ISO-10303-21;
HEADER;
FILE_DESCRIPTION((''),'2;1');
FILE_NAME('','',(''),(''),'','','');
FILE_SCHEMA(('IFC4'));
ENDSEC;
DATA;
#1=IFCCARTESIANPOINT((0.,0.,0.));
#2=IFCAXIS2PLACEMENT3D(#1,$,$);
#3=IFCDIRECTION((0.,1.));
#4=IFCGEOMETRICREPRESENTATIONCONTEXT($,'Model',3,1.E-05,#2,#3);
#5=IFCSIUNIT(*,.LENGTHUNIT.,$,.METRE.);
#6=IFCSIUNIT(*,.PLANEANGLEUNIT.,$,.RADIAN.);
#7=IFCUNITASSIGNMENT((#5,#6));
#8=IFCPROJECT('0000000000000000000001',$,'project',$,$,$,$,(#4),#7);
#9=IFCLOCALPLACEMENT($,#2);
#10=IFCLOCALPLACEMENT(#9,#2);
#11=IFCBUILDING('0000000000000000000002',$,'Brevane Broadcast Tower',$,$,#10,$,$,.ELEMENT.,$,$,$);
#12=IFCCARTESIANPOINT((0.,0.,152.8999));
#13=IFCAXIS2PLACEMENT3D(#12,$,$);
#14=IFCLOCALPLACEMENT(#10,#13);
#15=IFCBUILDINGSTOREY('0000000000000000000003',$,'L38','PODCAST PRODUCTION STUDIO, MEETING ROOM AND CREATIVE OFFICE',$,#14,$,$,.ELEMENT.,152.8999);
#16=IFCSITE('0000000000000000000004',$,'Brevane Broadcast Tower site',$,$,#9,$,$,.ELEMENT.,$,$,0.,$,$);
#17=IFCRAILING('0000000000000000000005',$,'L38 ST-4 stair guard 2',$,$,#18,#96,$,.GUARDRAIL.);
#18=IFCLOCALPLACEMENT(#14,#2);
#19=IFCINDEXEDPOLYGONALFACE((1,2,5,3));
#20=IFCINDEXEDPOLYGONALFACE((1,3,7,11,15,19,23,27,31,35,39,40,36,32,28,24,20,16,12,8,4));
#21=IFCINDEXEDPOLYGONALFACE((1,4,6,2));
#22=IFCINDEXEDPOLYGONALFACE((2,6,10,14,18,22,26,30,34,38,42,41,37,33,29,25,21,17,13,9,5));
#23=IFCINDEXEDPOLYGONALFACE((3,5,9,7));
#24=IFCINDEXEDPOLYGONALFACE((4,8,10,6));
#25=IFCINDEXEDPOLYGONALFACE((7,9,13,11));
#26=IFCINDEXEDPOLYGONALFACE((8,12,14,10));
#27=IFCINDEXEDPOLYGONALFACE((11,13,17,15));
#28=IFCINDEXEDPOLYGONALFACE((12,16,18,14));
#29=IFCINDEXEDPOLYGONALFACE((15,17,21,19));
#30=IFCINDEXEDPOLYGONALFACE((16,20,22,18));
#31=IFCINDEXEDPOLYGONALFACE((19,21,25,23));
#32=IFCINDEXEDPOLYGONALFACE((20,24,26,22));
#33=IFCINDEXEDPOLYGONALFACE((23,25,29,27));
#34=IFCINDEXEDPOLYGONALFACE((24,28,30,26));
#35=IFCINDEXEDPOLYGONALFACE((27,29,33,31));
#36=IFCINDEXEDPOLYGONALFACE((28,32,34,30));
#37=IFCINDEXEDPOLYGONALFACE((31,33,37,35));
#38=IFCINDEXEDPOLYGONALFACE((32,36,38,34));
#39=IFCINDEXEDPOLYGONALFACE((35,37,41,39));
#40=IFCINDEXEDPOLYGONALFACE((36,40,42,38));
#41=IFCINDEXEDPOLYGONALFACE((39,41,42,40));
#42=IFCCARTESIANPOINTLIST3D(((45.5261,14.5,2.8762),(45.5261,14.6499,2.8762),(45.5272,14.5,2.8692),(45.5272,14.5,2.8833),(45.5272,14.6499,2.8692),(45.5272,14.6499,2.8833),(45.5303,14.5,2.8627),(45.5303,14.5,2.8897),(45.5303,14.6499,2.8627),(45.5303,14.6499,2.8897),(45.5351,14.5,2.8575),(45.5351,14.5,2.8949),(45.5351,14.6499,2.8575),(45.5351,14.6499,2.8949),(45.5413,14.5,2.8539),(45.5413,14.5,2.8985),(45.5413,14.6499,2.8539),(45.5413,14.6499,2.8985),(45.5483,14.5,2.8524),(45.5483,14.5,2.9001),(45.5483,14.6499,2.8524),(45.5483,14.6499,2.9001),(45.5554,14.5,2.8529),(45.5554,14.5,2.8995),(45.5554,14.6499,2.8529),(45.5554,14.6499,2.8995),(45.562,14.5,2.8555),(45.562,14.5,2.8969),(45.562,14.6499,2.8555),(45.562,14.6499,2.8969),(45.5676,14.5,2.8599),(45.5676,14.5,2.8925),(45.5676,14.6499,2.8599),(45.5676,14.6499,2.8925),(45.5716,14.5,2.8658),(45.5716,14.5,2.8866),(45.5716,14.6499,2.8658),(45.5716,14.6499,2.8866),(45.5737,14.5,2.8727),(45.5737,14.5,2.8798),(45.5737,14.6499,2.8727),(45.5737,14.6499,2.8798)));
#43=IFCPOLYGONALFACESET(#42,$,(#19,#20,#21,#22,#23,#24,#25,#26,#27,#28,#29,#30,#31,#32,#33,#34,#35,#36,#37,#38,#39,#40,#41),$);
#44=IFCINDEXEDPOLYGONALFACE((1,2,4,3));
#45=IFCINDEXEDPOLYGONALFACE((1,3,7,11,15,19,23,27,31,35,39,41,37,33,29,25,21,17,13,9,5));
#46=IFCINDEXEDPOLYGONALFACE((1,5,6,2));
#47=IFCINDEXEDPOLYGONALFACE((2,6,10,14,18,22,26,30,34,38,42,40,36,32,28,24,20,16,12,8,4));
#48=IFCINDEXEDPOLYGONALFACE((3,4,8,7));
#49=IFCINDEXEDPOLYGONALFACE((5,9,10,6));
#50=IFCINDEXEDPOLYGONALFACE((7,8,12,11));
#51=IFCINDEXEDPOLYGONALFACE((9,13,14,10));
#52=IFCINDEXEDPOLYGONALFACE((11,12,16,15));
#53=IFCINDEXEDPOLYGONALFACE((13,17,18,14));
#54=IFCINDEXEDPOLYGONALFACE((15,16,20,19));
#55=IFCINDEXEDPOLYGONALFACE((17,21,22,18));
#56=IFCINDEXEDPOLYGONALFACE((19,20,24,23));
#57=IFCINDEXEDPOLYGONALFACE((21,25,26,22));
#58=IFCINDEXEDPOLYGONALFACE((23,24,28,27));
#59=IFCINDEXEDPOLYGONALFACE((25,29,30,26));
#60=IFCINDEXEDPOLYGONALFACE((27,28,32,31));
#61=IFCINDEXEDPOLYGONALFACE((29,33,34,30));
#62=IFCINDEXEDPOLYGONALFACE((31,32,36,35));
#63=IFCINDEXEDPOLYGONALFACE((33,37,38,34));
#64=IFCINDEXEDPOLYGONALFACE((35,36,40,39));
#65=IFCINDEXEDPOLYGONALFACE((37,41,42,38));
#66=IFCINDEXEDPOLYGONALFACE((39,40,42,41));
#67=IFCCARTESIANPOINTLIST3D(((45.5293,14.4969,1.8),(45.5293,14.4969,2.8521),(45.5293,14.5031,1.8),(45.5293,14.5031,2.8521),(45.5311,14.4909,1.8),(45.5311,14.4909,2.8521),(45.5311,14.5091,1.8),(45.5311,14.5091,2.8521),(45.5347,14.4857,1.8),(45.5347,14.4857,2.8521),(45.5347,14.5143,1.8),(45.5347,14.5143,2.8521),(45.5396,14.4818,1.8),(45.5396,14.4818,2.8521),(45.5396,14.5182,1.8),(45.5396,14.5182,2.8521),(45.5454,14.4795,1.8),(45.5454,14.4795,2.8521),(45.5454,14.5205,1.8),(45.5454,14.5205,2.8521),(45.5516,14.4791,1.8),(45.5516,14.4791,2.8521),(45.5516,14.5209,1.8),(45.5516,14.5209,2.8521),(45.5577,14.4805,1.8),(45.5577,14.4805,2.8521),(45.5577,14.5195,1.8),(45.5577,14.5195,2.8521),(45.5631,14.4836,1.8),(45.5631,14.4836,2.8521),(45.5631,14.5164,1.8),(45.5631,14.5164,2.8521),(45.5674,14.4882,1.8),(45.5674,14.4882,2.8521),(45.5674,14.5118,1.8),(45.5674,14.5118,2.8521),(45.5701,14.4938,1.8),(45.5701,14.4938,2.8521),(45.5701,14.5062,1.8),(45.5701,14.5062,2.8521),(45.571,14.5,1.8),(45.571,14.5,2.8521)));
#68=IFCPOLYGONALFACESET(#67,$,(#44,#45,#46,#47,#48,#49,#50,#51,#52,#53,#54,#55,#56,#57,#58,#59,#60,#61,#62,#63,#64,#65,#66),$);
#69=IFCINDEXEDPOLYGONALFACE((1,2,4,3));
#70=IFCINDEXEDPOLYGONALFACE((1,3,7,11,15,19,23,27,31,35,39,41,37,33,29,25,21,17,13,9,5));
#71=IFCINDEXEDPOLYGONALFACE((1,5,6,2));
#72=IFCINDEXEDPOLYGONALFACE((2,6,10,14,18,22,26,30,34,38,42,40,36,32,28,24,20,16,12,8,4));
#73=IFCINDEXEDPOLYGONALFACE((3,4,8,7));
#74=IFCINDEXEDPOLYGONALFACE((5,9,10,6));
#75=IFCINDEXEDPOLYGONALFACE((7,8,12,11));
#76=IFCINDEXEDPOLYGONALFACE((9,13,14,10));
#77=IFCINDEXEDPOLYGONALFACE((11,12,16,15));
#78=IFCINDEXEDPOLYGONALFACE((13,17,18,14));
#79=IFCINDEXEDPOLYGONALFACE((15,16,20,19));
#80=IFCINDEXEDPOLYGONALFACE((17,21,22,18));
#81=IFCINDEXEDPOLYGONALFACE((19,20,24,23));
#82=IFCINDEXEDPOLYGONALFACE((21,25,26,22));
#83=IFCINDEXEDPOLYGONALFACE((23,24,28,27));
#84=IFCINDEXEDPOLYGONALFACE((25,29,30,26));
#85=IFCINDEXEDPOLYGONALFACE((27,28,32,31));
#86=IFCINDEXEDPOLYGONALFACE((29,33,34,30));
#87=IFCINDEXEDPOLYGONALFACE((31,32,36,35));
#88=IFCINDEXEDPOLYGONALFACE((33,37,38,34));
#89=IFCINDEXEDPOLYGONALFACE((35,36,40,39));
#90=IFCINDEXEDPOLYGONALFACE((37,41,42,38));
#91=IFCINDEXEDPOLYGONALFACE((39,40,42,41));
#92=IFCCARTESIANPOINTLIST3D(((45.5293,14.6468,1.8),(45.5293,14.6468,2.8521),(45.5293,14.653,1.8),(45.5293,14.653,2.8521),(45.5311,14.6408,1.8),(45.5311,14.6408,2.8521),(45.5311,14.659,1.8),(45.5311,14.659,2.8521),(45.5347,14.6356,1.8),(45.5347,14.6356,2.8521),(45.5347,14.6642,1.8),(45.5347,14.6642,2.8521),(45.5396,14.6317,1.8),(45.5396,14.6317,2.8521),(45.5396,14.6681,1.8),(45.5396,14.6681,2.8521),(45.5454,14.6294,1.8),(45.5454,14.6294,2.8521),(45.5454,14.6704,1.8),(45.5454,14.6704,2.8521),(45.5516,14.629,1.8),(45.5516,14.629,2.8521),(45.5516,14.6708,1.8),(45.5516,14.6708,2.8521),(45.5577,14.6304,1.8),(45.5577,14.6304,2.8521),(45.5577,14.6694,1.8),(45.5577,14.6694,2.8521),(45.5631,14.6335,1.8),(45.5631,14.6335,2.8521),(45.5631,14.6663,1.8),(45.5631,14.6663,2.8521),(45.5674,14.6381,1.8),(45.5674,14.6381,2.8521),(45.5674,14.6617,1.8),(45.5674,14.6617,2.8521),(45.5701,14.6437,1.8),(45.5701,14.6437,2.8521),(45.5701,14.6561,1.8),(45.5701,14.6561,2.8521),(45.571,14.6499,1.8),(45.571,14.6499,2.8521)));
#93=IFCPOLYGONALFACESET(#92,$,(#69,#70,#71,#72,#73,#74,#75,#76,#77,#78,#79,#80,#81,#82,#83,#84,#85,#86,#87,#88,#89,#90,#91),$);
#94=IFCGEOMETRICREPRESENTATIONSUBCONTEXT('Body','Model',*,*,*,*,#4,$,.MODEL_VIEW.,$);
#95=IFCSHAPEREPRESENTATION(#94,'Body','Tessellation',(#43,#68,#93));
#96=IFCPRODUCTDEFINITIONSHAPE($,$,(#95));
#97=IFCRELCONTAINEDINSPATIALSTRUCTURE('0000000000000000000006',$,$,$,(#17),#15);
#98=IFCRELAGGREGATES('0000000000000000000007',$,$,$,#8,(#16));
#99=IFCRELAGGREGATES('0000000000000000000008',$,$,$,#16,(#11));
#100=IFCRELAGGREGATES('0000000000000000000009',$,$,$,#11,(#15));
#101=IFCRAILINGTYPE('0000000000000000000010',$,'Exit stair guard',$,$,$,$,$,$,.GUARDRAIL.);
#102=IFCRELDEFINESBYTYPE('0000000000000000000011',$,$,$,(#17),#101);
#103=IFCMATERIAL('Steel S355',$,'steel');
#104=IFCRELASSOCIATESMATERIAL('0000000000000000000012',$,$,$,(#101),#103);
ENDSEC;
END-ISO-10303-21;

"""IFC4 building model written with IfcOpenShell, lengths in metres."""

from ifc_helpers import new_model, si_unit, direction, frame, origin, origin_2d, place, context, subcontext, project, spatial, circle, extrude, material, type_object, element, save


model = new_model("IFC4")

# Units and contexts
model_context = context("Model", 3, precision=1e-05, world=origin(), true_north=direction((0.0, 1.0)))
body_context = subcontext(model_context, "Body", "Model", "MODEL_VIEW")
ifc_project = project(units=[si_unit("LENGTHUNIT", "METRE"), si_unit("PLANEANGLEUNIT", "RADIAN")], contexts=[model_context])

# Site, building, storey
site_placement = place(None, origin())
site = spatial("IfcSite", under=ifc_project, at=site_placement, Name="Brevane Broadcast Tower site", CompositionType="ELEMENT", RefElevation=0.0)
building_placement = place(site_placement, origin())
building = spatial("IfcBuilding", under=site, at=building_placement, Name="Brevane Broadcast Tower", CompositionType="ELEMENT")
storey_placement = place(building_placement, frame((0.0, 0.0, 152.8999)))
storey = spatial("IfcBuildingStorey", under=building, at=storey_placement, Name="L38", Description="PODCAST PRODUCTION STUDIO, MEETING ROOM AND CREATIVE OFFICE", CompositionType="ELEMENT", Elevation=152.8999)

# Railing
ifc_material_1 = material(Name="Steel S355", Category="steel")
railing_type = type_object("IfcRailingType", Name="Exit stair guard", PredefinedType="GUARDRAIL", material=ifc_material_1)
railing_placement = place(storey_placement, frame((45.55, 14.5, 1.8)))
element("IfcRailing", 1, at=railing_placement, inside=storey, type_object=railing_type, Name="L38 ST-4 stair guard 2", PredefinedType="GUARDRAIL", context=body_context, shape_type="SweptSolid", body=[
    extrude(circle(Radius=0.0239, at=origin_2d()), frame((0.0, 0.0, 1.0762), z_axis=(0.0, 1.0, 0.0), x_axis=(-1.0, 0.0, 0.0)), (0.0, 0.0, 1.0), 0.1499),
    extrude(circle(Radius=0.021, at=origin_2d()), origin(), (0.0, 0.0, 1.0), 1.052),
    extrude(circle(Radius=0.021, at=origin_2d()), frame((0.0, 0.1499, 0.0)), (0.0, 0.0, 1.0), 1.052),
])

save(model, "model.ifc")
